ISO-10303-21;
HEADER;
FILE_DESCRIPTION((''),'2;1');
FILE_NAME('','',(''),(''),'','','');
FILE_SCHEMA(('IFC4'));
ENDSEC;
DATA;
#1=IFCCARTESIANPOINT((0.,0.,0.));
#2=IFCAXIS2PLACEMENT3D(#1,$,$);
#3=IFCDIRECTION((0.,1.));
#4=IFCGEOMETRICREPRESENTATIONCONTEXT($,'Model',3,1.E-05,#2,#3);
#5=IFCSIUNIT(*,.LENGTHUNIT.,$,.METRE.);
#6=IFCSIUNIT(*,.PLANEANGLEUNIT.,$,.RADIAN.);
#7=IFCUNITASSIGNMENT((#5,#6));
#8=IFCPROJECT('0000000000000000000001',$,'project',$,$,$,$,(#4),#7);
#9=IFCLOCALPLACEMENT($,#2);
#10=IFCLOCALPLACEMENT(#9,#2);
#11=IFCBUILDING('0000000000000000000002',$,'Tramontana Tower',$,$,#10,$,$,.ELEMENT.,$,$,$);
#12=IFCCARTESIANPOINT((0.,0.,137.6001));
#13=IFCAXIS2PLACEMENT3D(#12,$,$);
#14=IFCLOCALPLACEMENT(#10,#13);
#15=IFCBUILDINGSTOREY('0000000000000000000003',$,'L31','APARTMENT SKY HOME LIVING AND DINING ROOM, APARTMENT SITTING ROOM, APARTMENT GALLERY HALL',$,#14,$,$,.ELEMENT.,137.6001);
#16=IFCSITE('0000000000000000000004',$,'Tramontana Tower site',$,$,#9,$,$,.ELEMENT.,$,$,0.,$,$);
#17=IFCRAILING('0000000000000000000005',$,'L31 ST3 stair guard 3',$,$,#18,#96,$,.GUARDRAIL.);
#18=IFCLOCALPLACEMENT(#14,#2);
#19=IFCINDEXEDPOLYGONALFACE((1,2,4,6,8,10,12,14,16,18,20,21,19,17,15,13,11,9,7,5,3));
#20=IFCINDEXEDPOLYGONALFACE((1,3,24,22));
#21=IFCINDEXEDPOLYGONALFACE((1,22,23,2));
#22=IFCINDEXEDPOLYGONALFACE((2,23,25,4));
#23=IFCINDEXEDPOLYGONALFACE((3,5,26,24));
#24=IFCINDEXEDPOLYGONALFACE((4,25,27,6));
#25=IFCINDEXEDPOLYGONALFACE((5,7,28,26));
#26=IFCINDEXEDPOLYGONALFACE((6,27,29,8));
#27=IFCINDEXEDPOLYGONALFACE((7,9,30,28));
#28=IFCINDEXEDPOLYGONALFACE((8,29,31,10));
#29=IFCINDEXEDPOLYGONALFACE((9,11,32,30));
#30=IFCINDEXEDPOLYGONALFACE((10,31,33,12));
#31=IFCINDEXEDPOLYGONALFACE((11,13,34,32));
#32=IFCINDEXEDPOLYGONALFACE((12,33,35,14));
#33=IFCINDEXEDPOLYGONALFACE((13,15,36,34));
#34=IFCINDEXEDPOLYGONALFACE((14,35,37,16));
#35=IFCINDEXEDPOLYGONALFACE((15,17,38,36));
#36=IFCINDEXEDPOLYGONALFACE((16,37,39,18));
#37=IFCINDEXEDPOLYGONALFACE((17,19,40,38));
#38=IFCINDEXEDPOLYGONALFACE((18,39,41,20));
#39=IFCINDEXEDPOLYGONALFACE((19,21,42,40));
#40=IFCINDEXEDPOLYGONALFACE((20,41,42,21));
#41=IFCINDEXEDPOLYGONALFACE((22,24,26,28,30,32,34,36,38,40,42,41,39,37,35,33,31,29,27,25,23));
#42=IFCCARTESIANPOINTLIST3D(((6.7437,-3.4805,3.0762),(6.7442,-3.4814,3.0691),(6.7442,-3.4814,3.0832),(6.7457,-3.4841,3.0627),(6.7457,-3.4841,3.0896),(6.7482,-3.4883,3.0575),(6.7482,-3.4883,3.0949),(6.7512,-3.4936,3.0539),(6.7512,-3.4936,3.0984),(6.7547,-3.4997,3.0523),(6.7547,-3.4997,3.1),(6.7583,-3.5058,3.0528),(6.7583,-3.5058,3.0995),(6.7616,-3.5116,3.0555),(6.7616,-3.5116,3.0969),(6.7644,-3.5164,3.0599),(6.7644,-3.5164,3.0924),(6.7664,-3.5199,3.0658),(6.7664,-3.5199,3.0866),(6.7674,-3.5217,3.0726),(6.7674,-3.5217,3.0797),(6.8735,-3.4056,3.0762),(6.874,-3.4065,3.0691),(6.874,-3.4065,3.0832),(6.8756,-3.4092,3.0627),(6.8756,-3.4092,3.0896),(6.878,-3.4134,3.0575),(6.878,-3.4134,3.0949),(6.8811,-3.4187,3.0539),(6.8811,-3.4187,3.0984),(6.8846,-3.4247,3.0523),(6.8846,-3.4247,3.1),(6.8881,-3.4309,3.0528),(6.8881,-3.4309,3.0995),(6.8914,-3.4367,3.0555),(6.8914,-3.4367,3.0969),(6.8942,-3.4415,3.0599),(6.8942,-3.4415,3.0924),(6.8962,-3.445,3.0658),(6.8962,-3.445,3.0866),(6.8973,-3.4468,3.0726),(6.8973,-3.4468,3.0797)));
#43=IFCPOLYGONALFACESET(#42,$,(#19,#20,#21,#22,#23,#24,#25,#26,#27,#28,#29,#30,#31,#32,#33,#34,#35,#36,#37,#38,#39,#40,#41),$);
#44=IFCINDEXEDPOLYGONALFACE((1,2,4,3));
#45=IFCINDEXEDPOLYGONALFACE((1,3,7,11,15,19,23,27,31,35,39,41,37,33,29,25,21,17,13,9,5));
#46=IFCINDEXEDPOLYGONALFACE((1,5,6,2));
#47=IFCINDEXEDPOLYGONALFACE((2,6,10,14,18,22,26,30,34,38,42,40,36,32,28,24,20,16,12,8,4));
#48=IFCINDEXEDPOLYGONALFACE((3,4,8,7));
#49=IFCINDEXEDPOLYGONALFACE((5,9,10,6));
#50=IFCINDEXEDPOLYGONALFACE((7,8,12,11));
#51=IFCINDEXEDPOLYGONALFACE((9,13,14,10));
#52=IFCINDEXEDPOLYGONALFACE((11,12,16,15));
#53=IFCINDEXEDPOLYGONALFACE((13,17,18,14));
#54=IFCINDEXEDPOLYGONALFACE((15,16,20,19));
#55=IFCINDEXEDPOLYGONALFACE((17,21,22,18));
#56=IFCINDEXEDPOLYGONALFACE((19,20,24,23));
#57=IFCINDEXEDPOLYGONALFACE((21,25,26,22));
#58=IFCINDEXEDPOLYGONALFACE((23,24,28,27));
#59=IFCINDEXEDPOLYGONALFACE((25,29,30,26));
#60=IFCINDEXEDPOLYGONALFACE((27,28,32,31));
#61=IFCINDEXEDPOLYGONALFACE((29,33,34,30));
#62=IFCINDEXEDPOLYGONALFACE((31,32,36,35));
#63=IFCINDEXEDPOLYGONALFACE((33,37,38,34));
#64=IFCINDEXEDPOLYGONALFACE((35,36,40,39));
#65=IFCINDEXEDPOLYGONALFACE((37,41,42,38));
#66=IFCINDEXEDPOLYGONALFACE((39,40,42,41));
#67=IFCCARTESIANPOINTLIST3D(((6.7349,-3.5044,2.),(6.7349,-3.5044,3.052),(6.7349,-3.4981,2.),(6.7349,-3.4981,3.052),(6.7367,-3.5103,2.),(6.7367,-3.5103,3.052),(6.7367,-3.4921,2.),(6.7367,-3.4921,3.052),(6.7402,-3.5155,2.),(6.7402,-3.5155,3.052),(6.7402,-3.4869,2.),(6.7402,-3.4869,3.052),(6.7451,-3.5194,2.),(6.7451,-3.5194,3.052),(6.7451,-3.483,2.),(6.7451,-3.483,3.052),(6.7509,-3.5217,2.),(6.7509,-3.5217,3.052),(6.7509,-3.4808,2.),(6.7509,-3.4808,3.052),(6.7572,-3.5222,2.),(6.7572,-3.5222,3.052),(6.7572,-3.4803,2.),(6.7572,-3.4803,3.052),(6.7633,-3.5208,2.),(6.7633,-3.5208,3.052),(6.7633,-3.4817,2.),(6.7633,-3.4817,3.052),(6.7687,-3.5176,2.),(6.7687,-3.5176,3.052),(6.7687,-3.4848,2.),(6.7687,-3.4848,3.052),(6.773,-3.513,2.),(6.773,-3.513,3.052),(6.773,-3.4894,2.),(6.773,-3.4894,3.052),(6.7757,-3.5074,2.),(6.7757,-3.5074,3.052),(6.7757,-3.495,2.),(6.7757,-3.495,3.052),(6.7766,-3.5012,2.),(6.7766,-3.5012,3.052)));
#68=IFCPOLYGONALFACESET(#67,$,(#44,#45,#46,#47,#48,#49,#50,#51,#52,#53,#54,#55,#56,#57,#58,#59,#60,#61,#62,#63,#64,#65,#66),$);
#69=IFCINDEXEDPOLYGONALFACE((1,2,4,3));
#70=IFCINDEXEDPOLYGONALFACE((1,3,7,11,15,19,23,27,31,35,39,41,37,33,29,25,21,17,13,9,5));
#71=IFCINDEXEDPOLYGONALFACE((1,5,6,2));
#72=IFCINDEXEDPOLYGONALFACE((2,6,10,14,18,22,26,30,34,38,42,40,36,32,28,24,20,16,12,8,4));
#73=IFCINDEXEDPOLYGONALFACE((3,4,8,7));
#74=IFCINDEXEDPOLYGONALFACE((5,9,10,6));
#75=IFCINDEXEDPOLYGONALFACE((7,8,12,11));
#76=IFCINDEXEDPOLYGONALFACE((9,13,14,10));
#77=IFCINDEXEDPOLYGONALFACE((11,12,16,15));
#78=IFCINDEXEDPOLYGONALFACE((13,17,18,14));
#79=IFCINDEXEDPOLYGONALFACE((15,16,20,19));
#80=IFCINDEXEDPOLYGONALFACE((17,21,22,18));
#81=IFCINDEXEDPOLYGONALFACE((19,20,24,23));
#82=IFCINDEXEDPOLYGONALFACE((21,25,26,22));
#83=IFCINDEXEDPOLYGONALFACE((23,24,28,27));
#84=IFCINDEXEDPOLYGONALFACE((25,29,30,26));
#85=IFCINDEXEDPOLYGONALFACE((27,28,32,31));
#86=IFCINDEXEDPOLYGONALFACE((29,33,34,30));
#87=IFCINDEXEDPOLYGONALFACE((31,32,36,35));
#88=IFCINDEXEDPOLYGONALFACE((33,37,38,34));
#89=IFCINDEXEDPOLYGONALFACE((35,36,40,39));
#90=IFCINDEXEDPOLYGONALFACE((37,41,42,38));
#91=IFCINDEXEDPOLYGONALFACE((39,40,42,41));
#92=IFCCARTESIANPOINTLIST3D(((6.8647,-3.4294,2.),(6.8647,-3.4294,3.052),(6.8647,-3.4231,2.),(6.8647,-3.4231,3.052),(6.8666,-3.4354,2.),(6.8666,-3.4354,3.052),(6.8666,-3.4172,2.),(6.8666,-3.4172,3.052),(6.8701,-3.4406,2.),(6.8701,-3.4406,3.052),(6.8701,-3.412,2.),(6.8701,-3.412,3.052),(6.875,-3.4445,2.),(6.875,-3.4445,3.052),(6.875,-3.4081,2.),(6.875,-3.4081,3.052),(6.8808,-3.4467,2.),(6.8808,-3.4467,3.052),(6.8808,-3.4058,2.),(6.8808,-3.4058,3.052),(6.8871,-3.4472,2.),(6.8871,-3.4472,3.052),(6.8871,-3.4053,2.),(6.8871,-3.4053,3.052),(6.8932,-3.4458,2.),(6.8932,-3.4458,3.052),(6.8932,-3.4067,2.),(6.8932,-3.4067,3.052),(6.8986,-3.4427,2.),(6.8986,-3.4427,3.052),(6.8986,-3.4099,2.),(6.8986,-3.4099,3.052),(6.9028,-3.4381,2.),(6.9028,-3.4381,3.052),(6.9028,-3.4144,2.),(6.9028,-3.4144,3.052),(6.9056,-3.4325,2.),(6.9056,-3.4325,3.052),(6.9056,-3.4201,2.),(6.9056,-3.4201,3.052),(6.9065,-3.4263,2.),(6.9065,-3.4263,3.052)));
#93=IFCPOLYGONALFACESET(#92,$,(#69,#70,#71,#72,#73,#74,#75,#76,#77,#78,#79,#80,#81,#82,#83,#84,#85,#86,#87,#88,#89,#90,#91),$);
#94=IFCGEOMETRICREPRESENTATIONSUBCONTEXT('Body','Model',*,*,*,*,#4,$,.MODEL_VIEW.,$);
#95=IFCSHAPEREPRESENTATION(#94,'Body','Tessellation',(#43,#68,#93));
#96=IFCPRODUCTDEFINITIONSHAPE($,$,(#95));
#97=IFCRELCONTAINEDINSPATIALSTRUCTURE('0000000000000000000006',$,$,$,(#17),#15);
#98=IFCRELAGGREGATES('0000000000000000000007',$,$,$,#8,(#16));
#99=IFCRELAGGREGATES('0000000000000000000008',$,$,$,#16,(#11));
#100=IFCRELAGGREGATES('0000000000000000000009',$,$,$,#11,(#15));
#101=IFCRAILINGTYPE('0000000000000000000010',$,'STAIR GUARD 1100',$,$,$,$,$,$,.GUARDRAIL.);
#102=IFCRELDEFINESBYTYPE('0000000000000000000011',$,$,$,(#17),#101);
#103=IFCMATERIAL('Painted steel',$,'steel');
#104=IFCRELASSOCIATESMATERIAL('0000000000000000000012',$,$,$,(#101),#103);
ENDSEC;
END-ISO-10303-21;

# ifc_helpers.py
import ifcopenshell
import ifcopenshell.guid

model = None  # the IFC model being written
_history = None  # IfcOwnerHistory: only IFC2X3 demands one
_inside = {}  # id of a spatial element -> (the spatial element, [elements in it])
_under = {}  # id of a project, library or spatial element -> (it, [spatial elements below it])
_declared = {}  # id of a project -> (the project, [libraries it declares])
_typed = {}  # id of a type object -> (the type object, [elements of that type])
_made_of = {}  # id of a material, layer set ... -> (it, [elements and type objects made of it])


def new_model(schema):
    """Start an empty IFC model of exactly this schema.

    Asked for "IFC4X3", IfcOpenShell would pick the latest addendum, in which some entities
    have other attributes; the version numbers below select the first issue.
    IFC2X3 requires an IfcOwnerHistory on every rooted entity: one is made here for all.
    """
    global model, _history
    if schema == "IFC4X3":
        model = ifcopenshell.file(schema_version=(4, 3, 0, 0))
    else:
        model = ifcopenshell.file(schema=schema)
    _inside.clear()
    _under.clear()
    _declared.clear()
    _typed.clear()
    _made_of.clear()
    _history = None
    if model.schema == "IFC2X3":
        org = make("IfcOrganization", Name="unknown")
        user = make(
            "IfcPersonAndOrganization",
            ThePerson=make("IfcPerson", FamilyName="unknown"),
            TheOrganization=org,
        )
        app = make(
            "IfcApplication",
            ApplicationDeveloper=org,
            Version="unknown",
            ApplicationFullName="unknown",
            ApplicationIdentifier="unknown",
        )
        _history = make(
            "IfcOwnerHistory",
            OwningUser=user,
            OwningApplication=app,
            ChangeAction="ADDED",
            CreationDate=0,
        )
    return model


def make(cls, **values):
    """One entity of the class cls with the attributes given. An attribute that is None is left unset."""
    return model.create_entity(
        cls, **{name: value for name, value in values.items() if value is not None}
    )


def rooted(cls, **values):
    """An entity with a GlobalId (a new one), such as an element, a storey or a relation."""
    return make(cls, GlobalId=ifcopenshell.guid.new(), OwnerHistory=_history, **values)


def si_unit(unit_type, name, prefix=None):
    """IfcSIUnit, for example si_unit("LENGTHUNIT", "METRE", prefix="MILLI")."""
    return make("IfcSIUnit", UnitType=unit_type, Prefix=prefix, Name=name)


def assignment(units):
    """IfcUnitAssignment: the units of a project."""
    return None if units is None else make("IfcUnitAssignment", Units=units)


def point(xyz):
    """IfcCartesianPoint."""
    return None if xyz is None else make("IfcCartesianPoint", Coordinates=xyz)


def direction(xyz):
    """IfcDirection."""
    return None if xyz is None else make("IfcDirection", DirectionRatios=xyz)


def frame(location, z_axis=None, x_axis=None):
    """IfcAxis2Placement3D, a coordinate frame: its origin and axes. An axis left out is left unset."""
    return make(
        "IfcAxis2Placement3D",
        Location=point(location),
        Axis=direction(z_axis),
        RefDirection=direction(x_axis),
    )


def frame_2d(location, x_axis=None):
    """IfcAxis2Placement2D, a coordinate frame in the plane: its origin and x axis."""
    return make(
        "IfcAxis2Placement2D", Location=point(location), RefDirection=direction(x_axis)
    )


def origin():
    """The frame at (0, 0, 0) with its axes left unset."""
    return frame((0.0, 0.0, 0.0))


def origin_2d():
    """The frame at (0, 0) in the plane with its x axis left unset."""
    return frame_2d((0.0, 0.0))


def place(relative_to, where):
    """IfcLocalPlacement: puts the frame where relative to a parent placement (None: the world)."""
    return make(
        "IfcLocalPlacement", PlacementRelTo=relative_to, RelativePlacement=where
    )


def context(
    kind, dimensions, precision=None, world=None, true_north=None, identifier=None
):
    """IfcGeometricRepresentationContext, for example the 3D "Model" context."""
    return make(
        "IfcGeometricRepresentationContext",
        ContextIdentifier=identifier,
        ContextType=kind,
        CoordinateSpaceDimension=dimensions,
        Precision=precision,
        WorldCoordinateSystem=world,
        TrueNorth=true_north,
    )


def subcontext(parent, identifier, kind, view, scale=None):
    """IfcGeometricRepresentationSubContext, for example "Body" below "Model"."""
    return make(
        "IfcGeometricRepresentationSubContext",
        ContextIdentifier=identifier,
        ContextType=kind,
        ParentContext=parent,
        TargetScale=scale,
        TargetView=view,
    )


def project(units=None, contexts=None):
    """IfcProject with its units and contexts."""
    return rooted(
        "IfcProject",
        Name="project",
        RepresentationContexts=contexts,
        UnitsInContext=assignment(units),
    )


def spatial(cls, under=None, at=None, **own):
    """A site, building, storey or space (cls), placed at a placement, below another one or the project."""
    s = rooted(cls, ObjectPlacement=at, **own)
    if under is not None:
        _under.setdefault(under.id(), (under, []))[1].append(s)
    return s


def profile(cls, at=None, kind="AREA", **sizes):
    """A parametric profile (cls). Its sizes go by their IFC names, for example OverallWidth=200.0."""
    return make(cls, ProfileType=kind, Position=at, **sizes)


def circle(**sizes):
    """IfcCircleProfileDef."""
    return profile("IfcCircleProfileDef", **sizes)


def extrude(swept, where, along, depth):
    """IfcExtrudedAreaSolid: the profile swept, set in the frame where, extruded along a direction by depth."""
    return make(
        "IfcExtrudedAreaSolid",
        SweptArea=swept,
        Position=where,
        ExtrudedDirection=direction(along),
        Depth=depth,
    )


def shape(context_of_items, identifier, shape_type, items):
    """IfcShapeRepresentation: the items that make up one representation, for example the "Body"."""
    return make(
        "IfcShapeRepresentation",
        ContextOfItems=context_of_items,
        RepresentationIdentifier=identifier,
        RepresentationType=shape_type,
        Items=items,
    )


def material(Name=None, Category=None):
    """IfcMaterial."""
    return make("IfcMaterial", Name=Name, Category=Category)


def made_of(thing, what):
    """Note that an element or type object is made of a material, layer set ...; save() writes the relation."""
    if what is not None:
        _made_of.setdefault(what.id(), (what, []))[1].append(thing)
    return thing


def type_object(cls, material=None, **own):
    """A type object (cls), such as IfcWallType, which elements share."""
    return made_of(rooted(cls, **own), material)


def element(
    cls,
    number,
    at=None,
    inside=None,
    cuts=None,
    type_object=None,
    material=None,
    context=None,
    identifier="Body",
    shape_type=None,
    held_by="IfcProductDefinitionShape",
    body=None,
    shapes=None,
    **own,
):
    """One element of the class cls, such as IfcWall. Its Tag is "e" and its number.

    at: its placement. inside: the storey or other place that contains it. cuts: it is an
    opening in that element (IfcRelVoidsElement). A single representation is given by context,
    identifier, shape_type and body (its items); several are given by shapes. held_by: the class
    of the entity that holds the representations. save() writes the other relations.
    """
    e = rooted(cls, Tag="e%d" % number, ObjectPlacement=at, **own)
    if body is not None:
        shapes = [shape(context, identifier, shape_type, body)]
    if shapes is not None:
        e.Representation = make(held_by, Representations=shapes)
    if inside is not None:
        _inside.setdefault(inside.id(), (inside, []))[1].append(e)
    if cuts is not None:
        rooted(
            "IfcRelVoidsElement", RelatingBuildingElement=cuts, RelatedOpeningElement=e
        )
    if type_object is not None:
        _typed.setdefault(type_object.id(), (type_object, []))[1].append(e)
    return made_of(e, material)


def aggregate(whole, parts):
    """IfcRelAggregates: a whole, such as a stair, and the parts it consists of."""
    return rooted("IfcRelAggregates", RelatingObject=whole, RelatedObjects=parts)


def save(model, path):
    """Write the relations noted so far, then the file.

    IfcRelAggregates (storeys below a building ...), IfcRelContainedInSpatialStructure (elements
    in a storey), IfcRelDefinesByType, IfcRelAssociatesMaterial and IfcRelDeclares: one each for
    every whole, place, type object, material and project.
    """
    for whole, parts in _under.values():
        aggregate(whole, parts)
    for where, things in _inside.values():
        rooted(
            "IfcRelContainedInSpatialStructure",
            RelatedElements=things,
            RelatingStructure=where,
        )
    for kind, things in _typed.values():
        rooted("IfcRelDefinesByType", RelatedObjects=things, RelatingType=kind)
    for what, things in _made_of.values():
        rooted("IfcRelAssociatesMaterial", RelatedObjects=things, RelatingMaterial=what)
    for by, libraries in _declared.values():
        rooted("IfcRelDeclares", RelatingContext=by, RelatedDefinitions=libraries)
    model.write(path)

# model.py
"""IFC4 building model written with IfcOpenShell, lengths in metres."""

from ifc_helpers import new_model, si_unit, direction, frame, origin, origin_2d, place, context, subcontext, project, spatial, circle, extrude, material, type_object, element, save


model = new_model("IFC4")

# Units and contexts
model_context = context("Model", 3, precision=1e-05, world=origin(), true_north=direction((0.0, 1.0)))
body_context = subcontext(model_context, "Body", "Model", "MODEL_VIEW")
ifc_project = project(units=[si_unit("LENGTHUNIT", "METRE"), si_unit("PLANEANGLEUNIT", "RADIAN")], contexts=[model_context])

# Site, building, storey
site_placement = place(None, origin())
site = spatial("IfcSite", under=ifc_project, at=site_placement, Name="Tramontana Tower site", CompositionType="ELEMENT", RefElevation=0.0)
building_placement = place(site_placement, origin())
building = spatial("IfcBuilding", under=site, at=building_placement, Name="Tramontana Tower", CompositionType="ELEMENT")
storey_placement = place(building_placement, frame((0.0, 0.0, 137.6001)))
storey = spatial("IfcBuildingStorey", under=building, at=storey_placement, Name="L31", Description="APARTMENT SKY HOME LIVING AND DINING ROOM, APARTMENT SITTING ROOM, APARTMENT GALLERY HALL", CompositionType="ELEMENT", Elevation=137.6001)

# Railing
ifc_material_1 = material(Name="Painted steel", Category="steel")
railing_type_1 = type_object("IfcRailingType", Name="STAIR GUARD 1100", PredefinedType="GUARDRAIL", material=ifc_material_1)
railing_1_placement = place(storey_placement, frame((6.7556, -3.5012, 2.0)))
element("IfcRailing", 1, at=railing_1_placement, inside=storey, type_object=railing_type_1, Name="L31 ST3 stair guard 3", PredefinedType="GUARDRAIL", context=body_context, shape_type="SweptSolid", body=[
    extrude(circle(Radius=0.0239, at=origin_2d()), frame((0.0, 0.0, 1.0762), z_axis=(0.866131, 0.499816, 0.0), x_axis=(-0.499816, 0.866131, 0.0)), (0.0, 0.0, 1.0), 0.1499),
    extrude(circle(Radius=0.021, at=origin_2d()), origin(), (0.0, 0.0, 1.0), 1.052),
    extrude(circle(Radius=0.021, at=origin_2d()), frame((0.1299, 0.075, 0.0)), (0.0, 0.0, 1.0), 1.052),
])

save(model, "model.ifc")
